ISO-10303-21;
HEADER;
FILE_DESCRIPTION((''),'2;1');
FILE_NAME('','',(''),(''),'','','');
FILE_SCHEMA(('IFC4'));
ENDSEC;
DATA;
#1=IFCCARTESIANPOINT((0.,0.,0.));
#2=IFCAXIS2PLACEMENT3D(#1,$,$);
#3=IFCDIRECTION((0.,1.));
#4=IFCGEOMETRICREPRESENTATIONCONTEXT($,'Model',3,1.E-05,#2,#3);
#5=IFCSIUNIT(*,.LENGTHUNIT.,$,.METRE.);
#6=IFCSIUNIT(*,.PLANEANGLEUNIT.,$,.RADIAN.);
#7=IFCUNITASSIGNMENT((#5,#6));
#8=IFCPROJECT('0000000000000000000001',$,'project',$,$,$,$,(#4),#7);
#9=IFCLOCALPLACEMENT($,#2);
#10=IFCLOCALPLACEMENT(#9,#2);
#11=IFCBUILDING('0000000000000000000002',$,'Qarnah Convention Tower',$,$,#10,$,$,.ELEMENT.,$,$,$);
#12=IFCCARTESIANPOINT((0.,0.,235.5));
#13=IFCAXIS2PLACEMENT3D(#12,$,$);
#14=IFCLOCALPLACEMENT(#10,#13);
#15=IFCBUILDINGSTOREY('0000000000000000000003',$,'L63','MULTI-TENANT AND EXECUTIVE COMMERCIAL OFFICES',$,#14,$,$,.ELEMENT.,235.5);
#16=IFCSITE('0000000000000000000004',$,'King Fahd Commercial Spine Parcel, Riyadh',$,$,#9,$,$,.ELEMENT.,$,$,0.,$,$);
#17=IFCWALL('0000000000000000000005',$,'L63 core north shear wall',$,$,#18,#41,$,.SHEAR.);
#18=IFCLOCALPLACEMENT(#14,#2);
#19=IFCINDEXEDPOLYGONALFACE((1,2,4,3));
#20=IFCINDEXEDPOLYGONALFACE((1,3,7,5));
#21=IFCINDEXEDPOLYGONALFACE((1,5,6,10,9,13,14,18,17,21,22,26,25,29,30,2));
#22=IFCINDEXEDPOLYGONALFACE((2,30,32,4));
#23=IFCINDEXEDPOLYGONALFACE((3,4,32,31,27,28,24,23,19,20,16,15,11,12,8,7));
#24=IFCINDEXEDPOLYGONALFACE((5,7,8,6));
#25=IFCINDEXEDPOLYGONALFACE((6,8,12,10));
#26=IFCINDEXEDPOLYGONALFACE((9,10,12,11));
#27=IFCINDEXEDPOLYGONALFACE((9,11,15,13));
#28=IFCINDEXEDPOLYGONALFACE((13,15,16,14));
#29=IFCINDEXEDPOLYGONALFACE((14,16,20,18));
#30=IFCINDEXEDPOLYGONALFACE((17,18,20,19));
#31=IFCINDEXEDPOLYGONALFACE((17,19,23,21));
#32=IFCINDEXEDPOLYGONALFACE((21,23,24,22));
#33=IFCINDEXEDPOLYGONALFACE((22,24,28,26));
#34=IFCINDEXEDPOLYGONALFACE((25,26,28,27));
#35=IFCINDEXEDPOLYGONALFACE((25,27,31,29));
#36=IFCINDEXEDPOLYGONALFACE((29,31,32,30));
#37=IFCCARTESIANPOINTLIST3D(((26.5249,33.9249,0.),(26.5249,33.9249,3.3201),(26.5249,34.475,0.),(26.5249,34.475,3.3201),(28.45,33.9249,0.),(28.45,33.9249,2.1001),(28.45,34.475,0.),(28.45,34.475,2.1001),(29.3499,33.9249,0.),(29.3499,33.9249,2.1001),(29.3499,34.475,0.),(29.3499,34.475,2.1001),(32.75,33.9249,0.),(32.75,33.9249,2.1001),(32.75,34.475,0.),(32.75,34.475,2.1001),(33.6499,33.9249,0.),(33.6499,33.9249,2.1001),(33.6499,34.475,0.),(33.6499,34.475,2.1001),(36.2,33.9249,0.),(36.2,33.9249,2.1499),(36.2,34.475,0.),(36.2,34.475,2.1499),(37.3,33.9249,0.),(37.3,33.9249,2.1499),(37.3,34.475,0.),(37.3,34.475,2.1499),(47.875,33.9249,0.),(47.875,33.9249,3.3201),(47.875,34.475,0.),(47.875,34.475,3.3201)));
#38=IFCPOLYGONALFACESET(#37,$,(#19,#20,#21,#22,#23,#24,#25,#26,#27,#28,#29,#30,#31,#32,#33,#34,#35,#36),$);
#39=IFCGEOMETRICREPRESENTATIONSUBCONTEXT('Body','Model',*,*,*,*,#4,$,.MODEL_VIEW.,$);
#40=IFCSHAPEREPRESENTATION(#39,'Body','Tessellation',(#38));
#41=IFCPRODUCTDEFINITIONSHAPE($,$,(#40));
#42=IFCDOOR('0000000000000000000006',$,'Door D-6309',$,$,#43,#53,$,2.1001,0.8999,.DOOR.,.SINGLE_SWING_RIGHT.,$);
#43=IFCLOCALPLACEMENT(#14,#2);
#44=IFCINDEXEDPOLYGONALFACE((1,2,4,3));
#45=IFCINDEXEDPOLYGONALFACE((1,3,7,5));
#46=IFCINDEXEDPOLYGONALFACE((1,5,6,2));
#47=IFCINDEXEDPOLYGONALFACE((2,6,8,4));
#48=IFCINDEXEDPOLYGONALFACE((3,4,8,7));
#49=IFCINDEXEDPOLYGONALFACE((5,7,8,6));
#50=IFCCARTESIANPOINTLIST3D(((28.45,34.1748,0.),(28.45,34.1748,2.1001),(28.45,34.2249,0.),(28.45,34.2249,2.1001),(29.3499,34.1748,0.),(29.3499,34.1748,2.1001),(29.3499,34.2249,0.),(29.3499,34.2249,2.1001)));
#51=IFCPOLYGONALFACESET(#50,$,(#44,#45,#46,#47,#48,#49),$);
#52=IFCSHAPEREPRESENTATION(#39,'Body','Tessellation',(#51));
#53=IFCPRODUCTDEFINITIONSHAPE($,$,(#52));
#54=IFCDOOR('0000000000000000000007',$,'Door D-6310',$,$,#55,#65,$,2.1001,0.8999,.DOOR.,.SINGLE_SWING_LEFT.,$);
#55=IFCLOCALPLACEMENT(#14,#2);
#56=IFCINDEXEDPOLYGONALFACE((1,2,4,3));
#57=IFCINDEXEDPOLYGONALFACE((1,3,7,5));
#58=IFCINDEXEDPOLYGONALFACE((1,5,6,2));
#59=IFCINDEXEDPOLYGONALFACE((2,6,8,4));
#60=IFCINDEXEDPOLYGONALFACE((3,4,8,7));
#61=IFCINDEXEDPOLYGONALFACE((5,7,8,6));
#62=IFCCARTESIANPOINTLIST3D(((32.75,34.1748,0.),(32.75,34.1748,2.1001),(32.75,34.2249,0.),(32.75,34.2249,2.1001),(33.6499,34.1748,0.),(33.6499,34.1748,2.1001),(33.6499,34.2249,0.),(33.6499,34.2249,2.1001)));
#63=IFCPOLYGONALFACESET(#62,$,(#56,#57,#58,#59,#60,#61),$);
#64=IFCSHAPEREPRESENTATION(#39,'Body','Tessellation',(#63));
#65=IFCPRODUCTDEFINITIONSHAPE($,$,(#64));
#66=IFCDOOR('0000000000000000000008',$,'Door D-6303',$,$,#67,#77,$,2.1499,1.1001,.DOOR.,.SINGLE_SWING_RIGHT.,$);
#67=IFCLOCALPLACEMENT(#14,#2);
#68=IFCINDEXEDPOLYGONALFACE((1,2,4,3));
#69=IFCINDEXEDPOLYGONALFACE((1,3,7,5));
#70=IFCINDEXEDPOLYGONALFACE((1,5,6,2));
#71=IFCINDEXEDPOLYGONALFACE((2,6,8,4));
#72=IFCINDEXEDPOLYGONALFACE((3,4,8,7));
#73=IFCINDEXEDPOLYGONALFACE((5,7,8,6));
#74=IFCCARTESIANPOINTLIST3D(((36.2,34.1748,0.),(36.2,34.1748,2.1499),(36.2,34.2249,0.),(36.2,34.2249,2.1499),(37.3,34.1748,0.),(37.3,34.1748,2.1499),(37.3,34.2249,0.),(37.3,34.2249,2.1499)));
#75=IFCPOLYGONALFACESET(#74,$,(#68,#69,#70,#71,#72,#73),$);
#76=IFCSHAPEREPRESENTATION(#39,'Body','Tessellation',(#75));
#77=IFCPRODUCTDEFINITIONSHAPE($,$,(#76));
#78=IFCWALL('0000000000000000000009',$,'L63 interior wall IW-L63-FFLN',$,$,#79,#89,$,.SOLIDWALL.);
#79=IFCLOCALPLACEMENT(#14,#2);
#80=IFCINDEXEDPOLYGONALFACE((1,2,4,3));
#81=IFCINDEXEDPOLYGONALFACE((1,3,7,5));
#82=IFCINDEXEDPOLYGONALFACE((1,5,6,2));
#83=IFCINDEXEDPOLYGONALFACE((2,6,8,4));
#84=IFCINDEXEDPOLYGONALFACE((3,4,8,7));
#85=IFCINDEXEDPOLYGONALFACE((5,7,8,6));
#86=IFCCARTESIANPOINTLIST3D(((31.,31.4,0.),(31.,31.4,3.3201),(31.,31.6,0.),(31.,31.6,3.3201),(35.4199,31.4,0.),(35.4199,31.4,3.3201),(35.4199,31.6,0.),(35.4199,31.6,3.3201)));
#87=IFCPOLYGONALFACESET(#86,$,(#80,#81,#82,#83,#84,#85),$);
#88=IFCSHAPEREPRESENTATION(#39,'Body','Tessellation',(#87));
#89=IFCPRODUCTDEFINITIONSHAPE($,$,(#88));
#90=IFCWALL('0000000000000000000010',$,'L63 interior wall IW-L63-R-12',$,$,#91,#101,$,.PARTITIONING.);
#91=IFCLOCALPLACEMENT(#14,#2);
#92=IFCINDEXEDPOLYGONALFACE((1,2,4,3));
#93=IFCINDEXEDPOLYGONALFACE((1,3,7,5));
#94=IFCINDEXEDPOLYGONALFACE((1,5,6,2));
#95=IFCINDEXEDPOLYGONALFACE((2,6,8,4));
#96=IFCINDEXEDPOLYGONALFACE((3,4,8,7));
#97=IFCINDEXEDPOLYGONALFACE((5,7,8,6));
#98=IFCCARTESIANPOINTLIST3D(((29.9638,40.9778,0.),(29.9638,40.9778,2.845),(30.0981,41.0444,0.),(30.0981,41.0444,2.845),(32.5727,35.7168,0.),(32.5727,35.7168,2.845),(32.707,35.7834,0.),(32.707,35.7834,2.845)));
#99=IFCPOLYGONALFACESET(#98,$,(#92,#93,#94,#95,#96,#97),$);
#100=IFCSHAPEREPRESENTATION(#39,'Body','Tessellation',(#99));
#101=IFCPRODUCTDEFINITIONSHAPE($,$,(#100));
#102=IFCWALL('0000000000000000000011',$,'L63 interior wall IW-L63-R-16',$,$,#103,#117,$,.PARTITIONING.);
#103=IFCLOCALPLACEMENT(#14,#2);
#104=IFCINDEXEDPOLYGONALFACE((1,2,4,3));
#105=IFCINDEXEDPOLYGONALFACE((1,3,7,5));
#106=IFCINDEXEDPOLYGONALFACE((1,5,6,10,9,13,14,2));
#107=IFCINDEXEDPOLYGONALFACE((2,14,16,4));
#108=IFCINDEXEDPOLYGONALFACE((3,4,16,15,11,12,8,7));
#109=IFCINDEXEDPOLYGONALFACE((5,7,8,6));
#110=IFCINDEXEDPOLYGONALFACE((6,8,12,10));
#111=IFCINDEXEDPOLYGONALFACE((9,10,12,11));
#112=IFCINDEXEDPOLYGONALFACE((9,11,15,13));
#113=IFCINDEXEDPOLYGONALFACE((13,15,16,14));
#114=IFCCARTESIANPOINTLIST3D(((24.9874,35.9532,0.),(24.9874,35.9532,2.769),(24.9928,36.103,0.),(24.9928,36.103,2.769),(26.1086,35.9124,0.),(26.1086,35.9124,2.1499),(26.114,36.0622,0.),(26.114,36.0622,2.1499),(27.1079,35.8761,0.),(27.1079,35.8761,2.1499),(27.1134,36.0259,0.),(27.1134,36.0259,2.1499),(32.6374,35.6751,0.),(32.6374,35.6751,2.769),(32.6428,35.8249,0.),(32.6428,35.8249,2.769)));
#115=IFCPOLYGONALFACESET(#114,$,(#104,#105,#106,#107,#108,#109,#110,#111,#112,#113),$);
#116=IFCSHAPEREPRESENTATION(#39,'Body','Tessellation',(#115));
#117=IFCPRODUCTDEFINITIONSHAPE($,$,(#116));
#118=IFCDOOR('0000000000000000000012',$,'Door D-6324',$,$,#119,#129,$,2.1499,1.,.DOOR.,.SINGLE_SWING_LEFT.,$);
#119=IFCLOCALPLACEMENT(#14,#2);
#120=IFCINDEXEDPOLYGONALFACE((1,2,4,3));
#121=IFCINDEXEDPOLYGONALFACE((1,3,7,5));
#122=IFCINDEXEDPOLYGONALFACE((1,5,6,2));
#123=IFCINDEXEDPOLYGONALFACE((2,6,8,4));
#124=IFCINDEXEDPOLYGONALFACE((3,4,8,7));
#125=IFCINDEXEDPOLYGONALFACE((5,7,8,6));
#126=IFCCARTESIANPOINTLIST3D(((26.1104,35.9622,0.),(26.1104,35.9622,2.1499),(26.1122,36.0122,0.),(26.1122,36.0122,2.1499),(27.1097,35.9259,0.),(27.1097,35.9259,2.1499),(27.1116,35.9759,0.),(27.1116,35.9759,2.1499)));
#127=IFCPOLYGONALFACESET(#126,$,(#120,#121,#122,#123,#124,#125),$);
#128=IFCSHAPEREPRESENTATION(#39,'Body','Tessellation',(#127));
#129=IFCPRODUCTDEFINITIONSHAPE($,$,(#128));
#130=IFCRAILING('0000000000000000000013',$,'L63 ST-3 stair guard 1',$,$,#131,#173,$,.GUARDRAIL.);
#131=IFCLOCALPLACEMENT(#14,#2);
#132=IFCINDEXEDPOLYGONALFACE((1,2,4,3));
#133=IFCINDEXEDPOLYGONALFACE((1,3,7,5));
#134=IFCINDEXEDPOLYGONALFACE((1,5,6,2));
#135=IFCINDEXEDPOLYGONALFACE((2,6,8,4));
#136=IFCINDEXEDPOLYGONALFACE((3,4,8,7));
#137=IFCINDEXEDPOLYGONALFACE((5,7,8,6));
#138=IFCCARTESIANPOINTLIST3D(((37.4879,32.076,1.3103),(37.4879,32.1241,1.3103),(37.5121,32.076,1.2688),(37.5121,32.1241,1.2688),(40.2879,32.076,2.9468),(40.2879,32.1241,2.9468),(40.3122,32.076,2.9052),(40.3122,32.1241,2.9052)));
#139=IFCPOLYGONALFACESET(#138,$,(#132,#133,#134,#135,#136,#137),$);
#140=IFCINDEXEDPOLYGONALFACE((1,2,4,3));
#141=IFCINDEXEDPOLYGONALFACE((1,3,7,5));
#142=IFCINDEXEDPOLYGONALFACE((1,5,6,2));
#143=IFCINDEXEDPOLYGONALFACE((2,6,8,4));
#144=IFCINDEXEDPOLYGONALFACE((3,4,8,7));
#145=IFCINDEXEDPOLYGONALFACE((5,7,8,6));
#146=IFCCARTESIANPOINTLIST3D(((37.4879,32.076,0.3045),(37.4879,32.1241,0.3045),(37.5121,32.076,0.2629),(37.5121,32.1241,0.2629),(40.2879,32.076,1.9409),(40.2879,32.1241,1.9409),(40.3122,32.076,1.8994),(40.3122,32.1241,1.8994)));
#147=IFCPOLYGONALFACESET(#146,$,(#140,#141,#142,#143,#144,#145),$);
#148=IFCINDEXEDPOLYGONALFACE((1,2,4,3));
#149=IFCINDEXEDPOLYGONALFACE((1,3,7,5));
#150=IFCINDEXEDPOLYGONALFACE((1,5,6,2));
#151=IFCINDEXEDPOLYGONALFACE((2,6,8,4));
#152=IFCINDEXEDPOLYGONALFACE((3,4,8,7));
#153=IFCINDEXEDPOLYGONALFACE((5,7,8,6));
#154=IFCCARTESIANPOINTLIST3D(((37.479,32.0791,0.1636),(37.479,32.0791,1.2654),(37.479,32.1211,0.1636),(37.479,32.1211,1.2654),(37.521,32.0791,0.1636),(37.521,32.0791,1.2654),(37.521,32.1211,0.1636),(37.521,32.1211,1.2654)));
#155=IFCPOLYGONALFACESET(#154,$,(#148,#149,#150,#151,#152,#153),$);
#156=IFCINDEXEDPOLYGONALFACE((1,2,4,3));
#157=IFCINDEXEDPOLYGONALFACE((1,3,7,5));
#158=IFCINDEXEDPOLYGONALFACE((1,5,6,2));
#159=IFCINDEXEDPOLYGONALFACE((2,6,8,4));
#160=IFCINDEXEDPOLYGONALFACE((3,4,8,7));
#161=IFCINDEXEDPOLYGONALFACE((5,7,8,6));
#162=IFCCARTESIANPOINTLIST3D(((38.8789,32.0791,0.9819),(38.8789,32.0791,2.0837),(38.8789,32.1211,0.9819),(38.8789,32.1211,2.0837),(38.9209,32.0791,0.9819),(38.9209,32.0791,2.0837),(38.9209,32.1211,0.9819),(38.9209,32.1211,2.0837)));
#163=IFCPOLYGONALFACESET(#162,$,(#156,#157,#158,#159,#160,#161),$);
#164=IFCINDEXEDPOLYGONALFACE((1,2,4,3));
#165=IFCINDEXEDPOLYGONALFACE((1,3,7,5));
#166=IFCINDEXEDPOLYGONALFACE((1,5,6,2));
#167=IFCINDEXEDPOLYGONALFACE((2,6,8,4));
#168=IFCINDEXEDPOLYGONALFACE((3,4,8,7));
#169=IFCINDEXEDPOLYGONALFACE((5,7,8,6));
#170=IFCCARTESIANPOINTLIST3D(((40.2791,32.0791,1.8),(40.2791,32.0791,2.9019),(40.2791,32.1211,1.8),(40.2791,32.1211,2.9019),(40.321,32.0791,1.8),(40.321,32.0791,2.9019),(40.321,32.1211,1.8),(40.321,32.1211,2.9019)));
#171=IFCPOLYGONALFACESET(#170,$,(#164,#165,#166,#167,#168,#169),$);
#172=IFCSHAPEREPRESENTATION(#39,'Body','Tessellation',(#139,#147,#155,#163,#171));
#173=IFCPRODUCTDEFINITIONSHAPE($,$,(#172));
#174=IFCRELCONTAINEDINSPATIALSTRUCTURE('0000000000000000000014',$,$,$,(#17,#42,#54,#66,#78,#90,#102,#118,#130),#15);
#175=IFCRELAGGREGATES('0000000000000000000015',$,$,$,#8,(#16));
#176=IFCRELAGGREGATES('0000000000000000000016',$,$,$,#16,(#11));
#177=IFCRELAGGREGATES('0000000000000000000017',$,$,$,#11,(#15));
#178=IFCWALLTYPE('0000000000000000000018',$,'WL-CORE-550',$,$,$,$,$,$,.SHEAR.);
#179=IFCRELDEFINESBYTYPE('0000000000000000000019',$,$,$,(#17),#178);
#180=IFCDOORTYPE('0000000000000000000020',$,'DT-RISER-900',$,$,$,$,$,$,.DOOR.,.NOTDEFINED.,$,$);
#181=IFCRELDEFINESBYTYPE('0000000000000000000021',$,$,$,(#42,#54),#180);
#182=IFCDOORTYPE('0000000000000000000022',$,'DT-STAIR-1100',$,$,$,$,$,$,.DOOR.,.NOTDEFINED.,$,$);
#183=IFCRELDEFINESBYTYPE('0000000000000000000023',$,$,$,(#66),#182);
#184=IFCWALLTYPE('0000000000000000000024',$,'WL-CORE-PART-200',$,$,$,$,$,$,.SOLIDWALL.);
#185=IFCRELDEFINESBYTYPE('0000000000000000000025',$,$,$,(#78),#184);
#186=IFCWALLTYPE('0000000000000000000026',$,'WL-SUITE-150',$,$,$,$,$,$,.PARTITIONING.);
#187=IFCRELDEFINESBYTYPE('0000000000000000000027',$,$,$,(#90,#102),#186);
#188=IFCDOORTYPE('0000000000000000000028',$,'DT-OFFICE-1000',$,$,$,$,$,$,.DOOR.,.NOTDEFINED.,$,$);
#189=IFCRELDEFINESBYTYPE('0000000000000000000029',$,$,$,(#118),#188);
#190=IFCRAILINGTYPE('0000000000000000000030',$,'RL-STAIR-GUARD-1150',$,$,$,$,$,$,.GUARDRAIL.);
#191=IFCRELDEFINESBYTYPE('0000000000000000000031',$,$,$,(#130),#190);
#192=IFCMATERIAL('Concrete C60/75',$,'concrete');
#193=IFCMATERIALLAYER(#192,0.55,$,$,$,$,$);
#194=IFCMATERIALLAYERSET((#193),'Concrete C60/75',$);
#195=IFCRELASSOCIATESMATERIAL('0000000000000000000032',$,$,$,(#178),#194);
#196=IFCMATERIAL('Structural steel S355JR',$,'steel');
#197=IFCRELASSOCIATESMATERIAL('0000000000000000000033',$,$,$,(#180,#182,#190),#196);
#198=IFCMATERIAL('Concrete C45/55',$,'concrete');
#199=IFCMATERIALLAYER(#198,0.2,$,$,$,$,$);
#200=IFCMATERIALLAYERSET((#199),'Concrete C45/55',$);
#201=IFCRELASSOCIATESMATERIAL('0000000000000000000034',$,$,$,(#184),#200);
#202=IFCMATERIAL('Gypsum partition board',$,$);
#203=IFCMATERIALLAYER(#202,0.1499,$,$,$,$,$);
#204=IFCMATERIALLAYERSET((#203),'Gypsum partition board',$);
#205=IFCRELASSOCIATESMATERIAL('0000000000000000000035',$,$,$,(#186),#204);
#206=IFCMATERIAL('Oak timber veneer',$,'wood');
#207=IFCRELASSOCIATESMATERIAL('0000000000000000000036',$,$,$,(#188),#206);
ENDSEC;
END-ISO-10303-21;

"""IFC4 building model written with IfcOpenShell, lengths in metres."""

from ifc_helpers import new_model, si_unit, direction, frame, frame_2d, origin, origin_2d, place, context, subcontext, project, spatial, rectangle, extrude, material, layer, layer_set, type_object, element, fill, save


model = new_model("IFC4")

# Units and contexts
model_context = context("Model", 3, precision=1e-05, world=origin(), true_north=direction((0.0, 1.0)))
body_context = subcontext(model_context, "Body", "Model", "MODEL_VIEW")
ifc_project = project(units=[si_unit("LENGTHUNIT", "METRE"), si_unit("PLANEANGLEUNIT", "RADIAN")], contexts=[model_context])

# Site, building, storey
site_placement = place(None, origin())
site = spatial("IfcSite", under=ifc_project, at=site_placement, Name="King Fahd Commercial Spine Parcel, Riyadh", CompositionType="ELEMENT", RefElevation=0.0)
building_placement = place(site_placement, origin())
building = spatial("IfcBuilding", under=site, at=building_placement, Name="Qarnah Convention Tower", CompositionType="ELEMENT")
storey_placement = place(building_placement, frame((0.0, 0.0, 235.5)))
storey = spatial("IfcBuildingStorey", under=building, at=storey_placement, Name="L63", Description="MULTI-TENANT AND EXECUTIVE COMMERCIAL OFFICES", CompositionType="ELEMENT", Elevation=235.5)

# Shared definitions
ifc_material_1 = material(Name="Structural steel S355JR", Category="steel")

# Wall, openings, doors
ifc_material_2 = material(Name="Concrete C60/75", Category="concrete")
ifc_layer_1 = layer(ifc_material_2, 0.55)
ifc_layer_set_1 = layer_set([ifc_layer_1], Name="Concrete C60/75")
wall_type_1 = type_object("IfcWallType", Name="WL-CORE-550", PredefinedType="SHEAR", material=ifc_layer_set_1)
wall_1_placement = place(storey_placement, frame((26.5249, 34.2, 0.0), z_axis=(0.0, 0.0, 1.0), x_axis=(1.0, 0.0, 0.0)))
wall_1 = element("IfcWall", 1, at=wall_1_placement, inside=storey, type_object=wall_type_1, Name="L63 core north shear wall", PredefinedType="SHEAR", context=body_context, shape_type="SweptSolid", body=[
    extrude(rectangle(XDim=21.3501, YDim=0.55, at=frame_2d((10.675, 0.0))), origin(), (0.0, 0.0, 1.0), 3.3201),
])
opening_1_placement = place(wall_1_placement, frame((9.675, 0.0, 0.0)))
opening_1 = element("IfcOpeningElement", 2, at=opening_1_placement, cuts=wall_1, PredefinedType="OPENING", context=body_context, shape_type="SweptSolid", body=[
    extrude(rectangle(XDim=1.1001, YDim=2.1499, at=frame_2d((0.55, 1.075))), frame((0.0, 0.2849, 0.0), z_axis=(0.0, -1.0, 0.0), x_axis=(1.0, 0.0, 0.0)), (0.0, 0.0, 1.0), 0.5701),
])
opening_2_placement = place(wall_1_placement, frame((1.925, 0.0, 0.0)))
opening_2 = element("IfcOpeningElement", 3, at=opening_2_placement, cuts=wall_1, PredefinedType="OPENING", context=body_context, shape_type="SweptSolid", body=[
    extrude(rectangle(XDim=0.8999, YDim=2.1001, at=frame_2d((0.45, 1.05))), frame((0.0, 0.2849, 0.0), z_axis=(0.0, -1.0, 0.0), x_axis=(1.0, 0.0, 0.0)), (0.0, 0.0, 1.0), 0.5701),
])
opening_3_placement = place(wall_1_placement, frame((6.2251, 0.0, 0.0)))
opening_3 = element("IfcOpeningElement", 4, at=opening_3_placement, cuts=wall_1, PredefinedType="OPENING", context=body_context, shape_type="SweptSolid", body=[
    extrude(rectangle(XDim=0.8999, YDim=2.1001, at=frame_2d((0.45, 1.05))), frame((0.0, 0.2849, 0.0), z_axis=(0.0, -1.0, 0.0), x_axis=(1.0, 0.0, 0.0)), (0.0, 0.0, 1.0), 0.5701),
])
door_type_1 = type_object("IfcDoorType", Name="DT-RISER-900", OperationType="NOTDEFINED", PredefinedType="DOOR", material=ifc_material_1)
door_1_placement = place(opening_2_placement, origin())
door_1 = element("IfcDoor", 5, at=door_1_placement, inside=storey, type_object=door_type_1, Name="Door D-6309", OperationType="SINGLE_SWING_RIGHT", OverallHeight=2.1001, OverallWidth=0.8999, PredefinedType="DOOR", context=body_context, shape_type="SweptSolid", body=[
    extrude(rectangle(XDim=0.8999, YDim=2.1001, at=frame_2d((0.45, 1.05))), frame((0.0, 0.0249, 0.0), z_axis=(0.0, -1.0, 0.0), x_axis=(1.0, 0.0, 0.0)), (0.0, 0.0, 1.0), 0.05),
])
fill(opening_2, door_1)
door_2_placement = place(opening_3_placement, origin())
door_2 = element("IfcDoor", 6, at=door_2_placement, inside=storey, type_object=door_type_1, Name="Door D-6310", OperationType="SINGLE_SWING_LEFT", OverallHeight=2.1001, OverallWidth=0.8999, PredefinedType="DOOR", context=body_context, shape_type="SweptSolid", body=[
    extrude(rectangle(XDim=0.8999, YDim=2.1001, at=frame_2d((0.45, 1.05))), frame((0.0, 0.0249, 0.0), z_axis=(0.0, -1.0, 0.0), x_axis=(1.0, 0.0, 0.0)), (0.0, 0.0, 1.0), 0.05),
])
fill(opening_3, door_2)
door_type_2 = type_object("IfcDoorType", Name="DT-STAIR-1100", OperationType="NOTDEFINED", PredefinedType="DOOR", material=ifc_material_1)
door_3_placement = place(opening_1_placement, origin())
door_3 = element("IfcDoor", 7, at=door_3_placement, inside=storey, type_object=door_type_2, Name="Door D-6303", OperationType="SINGLE_SWING_RIGHT", OverallHeight=2.1499, OverallWidth=1.1001, PredefinedType="DOOR", context=body_context, shape_type="SweptSolid", body=[
    extrude(rectangle(XDim=1.1001, YDim=2.1499, at=frame_2d((0.55, 1.075))), frame((0.0, 0.0249, 0.0), z_axis=(0.0, -1.0, 0.0), x_axis=(1.0, 0.0, 0.0)), (0.0, 0.0, 1.0), 0.05),
])
fill(opening_1, door_3)

# Walls
ifc_material_3 = material(Name="Concrete C45/55", Category="concrete")
ifc_layer_2 = layer(ifc_material_3, 0.2)
ifc_layer_set_2 = layer_set([ifc_layer_2], Name="Concrete C45/55")
wall_type_2 = type_object("IfcWallType", Name="WL-CORE-PART-200", PredefinedType="SOLIDWALL", material=ifc_layer_set_2)
wall_2_placement = place(storey_placement, frame((31.0, 31.5, 0.0), z_axis=(0.0, 0.0, 1.0), x_axis=(1.0, 0.0, 0.0)))
element("IfcWall", 8, at=wall_2_placement, inside=storey, type_object=wall_type_2, Name="L63 interior wall IW-L63-FFLN", PredefinedType="SOLIDWALL", context=body_context, shape_type="SweptSolid", body=[
    extrude(rectangle(XDim=4.4199, YDim=0.2, at=frame_2d((2.21, 0.0))), origin(), (0.0, 0.0, 1.0), 3.3201),
])
ifc_material_4 = material(Name="Gypsum partition board")
ifc_layer_3 = layer(ifc_material_4, 0.1499)
ifc_layer_set_3 = layer_set([ifc_layer_3], Name="Gypsum partition board")
wall_type_3 = type_object("IfcWallType", Name="WL-SUITE-150", PredefinedType="PARTITIONING", material=ifc_layer_set_3)
wall_3_placement = place(storey_placement, frame((30.031, 41.011, 0.0), z_axis=(0.0, 0.0, 1.0), x_axis=(0.444268, -0.895894, 0.0)))
element("IfcWall", 9, at=wall_3_placement, inside=storey, type_object=wall_type_3, Name="L63 interior wall IW-L63-R-12", PredefinedType="PARTITIONING", context=body_context, shape_type="SweptSolid", body=[
    extrude(rectangle(XDim=5.8723, YDim=0.1499, at=frame_2d((2.936, 0.0))), origin(), (0.0, 0.0, 1.0), 2.845),
])

# Wall, opening, door
ifc_material_5 = material(Name="Oak timber veneer", Category="wood")
door_type_3 = type_object("IfcDoorType", Name="DT-OFFICE-1000", OperationType="NOTDEFINED", PredefinedType="DOOR", material=ifc_material_5)
wall_4_placement = place(storey_placement, frame((24.99, 36.0281, 0.0), z_axis=(0.0, 0.0, 1.0), x_axis=(0.99934, -0.036326, 0.0)))
wall_4 = element("IfcWall", 10, at=wall_4_placement, inside=storey, type_object=wall_type_3, Name="L63 interior wall IW-L63-R-16", PredefinedType="PARTITIONING", context=body_context, shape_type="SweptSolid", body=[
    extrude(rectangle(XDim=7.655, YDim=0.1499, at=frame_2d((3.8276, 0.0))), origin(), (0.0, 0.0, 1.0), 2.769),
])
opening_4_placement = place(wall_4_placement, frame((1.1221, 0.0, 0.0)))
opening_4 = element("IfcOpeningElement", 11, at=opening_4_placement, cuts=wall_4, PredefinedType="OPENING", context=body_context, shape_type="SweptSolid", body=[
    extrude(rectangle(XDim=1.0, YDim=2.1499, at=frame_2d((0.5, 1.075))), frame((0.0, 0.085, 0.0), z_axis=(0.0, -1.0, 0.0), x_axis=(1.0, 0.0, 0.0)), (0.0, 0.0, 1.0), 0.1699),
])
door_4_placement = place(opening_4_placement, origin())
door_4 = element("IfcDoor", 12, at=door_4_placement, inside=storey, type_object=door_type_3, Name="Door D-6324", OperationType="SINGLE_SWING_LEFT", OverallHeight=2.1499, OverallWidth=1.0, PredefinedType="DOOR", context=body_context, shape_type="SweptSolid", body=[
    extrude(rectangle(XDim=1.0, YDim=2.1499, at=frame_2d((0.5, 1.075))), frame((0.0, 0.0249, 0.0), z_axis=(0.0, -1.0, 0.0), x_axis=(1.0, 0.0, 0.0)), (0.0, 0.0, 1.0), 0.05),
])
fill(opening_4, door_4)

# Railing
railing_type = type_object("IfcRailingType", Name="RL-STAIR-GUARD-1150", PredefinedType="GUARDRAIL", material=ifc_material_1)
railing_1_placement = place(storey_placement, frame((37.5, 32.1001, 0.1636)))
element("IfcRailing", 13, at=railing_1_placement, inside=storey, type_object=railing_type, Name="L63 ST-3 stair guard 1", PredefinedType="GUARDRAIL", context=body_context, shape_type="SweptSolid", body=[
    extrude(rectangle(XDim=0.0481, YDim=0.0481, at=origin_2d()), frame((0.0, 0.0, 1.126), z_axis=(0.863361, 0.0, 0.504587), x_axis=(0.0, 1.0, 0.0)), (0.0, 0.0, 1.0), 3.2432),
    extrude(rectangle(XDim=0.0481, YDim=0.0481, at=origin_2d()), frame((0.0, 0.0, 0.1201), z_axis=(0.863361, 0.0, 0.504587), x_axis=(0.0, 1.0, 0.0)), (0.0, 0.0, 1.0), 3.2432),
    extrude(rectangle(XDim=0.042, YDim=0.042, at=origin_2d()), origin(), (0.0, 0.0, 1.0), 1.1018),
    extrude(rectangle(XDim=0.042, YDim=0.042, at=origin_2d()), frame((1.3999, 0.0, 0.8184)), (0.0, 0.0, 1.0), 1.1018),
    extrude(rectangle(XDim=0.042, YDim=0.042, at=origin_2d()), frame((2.8, 0.0, 1.6365)), (0.0, 0.0, 1.0), 1.1018),
])

save(model, "model.ifc")
